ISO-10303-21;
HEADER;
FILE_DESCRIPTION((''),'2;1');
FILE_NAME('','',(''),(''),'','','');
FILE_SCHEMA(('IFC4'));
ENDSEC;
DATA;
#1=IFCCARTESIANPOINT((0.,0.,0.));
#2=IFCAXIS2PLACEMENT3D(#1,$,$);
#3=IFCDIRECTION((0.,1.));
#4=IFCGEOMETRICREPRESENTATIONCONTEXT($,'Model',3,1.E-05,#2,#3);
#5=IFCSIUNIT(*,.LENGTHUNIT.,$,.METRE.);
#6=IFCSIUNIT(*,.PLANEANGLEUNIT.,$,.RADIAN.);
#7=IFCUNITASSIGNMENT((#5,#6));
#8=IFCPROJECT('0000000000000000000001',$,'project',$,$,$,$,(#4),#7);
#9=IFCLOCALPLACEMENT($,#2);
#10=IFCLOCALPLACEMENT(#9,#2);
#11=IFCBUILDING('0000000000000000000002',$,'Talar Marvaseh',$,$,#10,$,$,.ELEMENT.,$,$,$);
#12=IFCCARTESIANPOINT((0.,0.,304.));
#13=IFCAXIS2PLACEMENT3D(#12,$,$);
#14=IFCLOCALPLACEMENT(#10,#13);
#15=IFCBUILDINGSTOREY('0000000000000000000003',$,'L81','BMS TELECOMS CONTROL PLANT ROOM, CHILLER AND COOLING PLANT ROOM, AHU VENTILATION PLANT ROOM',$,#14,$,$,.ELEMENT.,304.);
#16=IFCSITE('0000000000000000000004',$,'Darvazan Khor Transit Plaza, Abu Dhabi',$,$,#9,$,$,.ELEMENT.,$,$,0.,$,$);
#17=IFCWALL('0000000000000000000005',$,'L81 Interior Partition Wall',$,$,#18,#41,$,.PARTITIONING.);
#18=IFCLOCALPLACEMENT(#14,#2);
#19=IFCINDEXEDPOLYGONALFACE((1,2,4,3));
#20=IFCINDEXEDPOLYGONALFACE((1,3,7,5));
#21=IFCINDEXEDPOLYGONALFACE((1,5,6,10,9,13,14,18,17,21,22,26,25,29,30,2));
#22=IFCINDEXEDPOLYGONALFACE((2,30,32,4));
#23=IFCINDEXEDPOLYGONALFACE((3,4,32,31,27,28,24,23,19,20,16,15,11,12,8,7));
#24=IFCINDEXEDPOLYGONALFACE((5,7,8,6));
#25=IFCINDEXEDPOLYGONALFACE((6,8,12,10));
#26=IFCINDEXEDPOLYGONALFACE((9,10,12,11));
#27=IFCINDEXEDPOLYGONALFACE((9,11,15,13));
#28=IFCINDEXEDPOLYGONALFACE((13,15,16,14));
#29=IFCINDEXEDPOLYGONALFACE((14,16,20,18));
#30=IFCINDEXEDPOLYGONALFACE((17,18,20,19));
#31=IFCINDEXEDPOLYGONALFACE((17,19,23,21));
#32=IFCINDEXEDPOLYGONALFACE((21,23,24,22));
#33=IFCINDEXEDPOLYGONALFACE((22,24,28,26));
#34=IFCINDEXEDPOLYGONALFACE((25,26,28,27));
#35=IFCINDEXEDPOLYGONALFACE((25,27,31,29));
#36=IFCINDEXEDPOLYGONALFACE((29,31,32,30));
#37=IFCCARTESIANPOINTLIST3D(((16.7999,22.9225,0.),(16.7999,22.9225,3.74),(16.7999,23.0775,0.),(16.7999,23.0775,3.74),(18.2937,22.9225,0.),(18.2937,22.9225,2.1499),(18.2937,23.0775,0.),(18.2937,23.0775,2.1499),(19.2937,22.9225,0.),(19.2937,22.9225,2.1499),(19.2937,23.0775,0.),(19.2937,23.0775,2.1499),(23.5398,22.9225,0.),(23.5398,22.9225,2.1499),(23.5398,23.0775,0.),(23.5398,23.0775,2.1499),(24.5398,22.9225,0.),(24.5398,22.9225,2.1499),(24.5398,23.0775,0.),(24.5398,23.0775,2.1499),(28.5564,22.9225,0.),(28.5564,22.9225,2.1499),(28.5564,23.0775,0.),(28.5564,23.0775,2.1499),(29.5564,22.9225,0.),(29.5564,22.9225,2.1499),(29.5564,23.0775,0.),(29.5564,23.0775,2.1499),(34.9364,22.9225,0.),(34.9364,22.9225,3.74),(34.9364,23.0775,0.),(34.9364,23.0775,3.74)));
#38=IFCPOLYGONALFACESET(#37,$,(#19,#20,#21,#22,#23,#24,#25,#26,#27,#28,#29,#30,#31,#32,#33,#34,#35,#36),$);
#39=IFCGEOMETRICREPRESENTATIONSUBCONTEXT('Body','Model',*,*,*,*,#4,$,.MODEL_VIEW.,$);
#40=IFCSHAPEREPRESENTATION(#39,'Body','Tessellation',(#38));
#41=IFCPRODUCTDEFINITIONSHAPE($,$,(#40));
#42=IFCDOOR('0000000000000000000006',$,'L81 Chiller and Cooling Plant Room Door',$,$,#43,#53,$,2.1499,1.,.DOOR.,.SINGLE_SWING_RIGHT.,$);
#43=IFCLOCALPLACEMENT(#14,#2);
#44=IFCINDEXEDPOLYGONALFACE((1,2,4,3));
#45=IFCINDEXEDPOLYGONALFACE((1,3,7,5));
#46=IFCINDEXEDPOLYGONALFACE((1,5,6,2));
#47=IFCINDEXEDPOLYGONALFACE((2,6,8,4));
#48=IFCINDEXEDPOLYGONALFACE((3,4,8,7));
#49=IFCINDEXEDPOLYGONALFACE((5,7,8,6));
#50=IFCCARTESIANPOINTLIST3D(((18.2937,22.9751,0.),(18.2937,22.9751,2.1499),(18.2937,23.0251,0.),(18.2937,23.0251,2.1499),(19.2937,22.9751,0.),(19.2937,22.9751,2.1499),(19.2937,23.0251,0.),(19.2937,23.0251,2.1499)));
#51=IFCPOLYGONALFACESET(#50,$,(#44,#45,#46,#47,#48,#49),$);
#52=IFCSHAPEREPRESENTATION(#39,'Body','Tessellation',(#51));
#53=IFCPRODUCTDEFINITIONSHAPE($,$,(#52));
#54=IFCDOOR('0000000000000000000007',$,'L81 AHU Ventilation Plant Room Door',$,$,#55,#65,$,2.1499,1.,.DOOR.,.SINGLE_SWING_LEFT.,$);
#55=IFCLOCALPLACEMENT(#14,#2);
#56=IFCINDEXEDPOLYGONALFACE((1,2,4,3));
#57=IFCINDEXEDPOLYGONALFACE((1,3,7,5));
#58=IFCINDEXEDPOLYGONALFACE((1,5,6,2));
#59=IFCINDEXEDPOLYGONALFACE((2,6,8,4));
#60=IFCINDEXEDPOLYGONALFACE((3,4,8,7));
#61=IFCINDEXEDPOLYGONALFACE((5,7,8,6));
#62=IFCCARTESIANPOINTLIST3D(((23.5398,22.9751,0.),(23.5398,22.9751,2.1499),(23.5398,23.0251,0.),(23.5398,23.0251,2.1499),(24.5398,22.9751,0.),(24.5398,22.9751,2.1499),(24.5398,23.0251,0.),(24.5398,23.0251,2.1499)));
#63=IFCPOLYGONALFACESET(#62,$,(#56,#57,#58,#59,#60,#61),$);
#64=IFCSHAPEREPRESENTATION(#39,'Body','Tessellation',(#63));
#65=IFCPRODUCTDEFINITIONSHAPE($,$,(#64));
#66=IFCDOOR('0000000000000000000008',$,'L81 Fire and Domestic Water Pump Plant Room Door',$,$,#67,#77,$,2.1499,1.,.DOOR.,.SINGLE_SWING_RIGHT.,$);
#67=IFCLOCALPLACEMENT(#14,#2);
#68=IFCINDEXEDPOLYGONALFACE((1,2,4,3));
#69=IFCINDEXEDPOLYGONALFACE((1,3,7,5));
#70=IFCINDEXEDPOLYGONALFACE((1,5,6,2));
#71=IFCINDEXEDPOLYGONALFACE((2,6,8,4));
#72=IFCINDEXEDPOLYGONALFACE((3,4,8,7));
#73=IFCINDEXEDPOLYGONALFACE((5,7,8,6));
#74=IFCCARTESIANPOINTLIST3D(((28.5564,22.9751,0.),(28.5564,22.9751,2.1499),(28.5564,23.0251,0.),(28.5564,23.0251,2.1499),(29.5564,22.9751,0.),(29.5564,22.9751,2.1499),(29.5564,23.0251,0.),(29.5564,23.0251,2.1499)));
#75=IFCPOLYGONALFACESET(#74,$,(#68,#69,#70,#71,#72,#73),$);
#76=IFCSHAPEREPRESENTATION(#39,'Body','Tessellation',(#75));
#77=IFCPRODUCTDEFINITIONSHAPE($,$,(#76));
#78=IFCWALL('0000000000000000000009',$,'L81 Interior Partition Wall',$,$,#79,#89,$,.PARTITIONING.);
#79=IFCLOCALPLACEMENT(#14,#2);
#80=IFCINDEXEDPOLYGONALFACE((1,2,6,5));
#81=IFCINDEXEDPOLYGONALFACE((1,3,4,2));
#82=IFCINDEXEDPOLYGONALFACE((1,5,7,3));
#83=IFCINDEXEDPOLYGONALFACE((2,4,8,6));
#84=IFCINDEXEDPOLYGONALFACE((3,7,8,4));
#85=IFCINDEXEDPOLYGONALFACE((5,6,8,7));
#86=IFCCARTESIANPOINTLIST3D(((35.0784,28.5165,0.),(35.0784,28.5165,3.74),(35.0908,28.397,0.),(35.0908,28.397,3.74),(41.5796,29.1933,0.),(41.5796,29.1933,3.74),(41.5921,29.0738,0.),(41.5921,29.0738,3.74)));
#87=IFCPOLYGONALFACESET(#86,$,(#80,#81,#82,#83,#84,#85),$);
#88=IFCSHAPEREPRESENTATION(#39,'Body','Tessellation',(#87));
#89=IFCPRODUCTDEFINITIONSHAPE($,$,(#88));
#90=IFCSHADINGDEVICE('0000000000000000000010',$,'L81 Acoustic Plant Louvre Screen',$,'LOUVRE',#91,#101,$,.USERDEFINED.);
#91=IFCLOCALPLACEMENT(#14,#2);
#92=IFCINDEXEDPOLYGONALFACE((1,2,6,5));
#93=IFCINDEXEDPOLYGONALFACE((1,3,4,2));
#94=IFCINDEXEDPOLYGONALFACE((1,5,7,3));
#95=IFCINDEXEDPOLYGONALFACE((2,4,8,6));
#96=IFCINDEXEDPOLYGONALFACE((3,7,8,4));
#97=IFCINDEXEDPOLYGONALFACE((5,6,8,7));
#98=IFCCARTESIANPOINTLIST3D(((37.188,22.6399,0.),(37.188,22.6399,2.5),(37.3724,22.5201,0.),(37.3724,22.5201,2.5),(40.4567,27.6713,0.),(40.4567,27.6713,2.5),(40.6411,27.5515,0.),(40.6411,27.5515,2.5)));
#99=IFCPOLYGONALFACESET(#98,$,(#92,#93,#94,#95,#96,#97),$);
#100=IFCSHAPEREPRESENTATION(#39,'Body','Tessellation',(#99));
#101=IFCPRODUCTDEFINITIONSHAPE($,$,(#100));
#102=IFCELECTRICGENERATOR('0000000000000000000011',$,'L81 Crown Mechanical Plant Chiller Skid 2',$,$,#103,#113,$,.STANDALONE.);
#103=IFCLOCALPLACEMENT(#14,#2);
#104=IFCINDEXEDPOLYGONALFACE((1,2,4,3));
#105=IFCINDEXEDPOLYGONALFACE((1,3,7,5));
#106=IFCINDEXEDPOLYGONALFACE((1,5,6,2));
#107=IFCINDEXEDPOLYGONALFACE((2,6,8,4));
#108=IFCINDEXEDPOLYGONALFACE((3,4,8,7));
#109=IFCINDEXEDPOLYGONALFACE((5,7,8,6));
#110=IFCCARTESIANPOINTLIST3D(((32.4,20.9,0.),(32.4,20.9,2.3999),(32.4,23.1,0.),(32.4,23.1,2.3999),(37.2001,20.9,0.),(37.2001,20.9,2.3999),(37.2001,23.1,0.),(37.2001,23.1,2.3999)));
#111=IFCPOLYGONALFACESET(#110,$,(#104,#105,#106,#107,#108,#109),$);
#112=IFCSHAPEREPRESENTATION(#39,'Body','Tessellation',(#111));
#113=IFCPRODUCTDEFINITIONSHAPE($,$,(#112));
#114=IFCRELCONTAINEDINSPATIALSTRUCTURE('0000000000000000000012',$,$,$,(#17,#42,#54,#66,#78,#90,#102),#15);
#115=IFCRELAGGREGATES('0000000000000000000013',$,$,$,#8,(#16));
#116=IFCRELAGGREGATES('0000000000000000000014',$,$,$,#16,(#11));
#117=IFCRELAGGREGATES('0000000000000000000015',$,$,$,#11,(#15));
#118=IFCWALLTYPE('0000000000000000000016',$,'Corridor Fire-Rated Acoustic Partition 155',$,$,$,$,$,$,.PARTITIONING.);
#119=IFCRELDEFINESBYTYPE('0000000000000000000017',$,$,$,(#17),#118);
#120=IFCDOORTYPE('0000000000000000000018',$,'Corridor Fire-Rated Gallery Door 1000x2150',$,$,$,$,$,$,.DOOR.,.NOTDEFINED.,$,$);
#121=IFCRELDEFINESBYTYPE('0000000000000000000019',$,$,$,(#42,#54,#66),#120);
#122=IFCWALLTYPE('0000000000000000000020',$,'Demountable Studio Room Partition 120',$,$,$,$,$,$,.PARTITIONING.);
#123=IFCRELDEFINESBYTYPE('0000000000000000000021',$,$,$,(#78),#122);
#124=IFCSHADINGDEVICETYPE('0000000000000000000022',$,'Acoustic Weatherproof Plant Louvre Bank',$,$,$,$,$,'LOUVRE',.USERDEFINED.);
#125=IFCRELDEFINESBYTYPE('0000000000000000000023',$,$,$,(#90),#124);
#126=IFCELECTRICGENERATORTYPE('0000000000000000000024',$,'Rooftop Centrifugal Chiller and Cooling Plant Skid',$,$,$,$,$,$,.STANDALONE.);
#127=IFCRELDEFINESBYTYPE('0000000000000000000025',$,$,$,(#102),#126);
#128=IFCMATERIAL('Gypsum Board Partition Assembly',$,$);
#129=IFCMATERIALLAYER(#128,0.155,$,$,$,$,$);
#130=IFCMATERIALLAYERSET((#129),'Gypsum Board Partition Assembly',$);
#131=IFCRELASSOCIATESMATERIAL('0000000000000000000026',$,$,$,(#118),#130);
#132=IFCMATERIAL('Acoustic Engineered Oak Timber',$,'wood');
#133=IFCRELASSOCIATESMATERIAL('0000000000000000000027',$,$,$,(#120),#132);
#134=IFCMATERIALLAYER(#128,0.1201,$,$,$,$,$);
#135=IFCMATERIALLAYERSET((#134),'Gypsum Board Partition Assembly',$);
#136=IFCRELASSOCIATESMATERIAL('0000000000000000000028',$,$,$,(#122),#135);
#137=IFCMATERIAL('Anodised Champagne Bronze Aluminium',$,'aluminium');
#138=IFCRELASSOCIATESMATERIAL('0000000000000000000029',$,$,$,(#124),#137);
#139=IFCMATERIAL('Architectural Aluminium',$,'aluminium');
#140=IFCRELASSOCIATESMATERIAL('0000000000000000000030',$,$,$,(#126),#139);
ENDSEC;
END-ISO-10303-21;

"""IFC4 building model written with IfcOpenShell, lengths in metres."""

from ifc_helpers import new_model, si_unit, direction, frame, frame_2d, origin, origin_2d, place, context, subcontext, project, spatial, rectangle, extrude, source, transform, mapped, material, layer, layer_set, type_object, type_shapes, element, fill, save


model = new_model("IFC4")

# Units and contexts
model_context = context("Model", 3, precision=1e-05, world=origin(), true_north=direction((0.0, 1.0)))
body_context = subcontext(model_context, "Body", "Model", "MODEL_VIEW")
ifc_project = project(units=[si_unit("LENGTHUNIT", "METRE"), si_unit("PLANEANGLEUNIT", "RADIAN")], contexts=[model_context])

# Site, building, storey
site_placement = place(None, origin())
site = spatial("IfcSite", under=ifc_project, at=site_placement, Name="Darvazan Khor Transit Plaza, Abu Dhabi", CompositionType="ELEMENT", RefElevation=0.0)
building_placement = place(site_placement, origin())
building = spatial("IfcBuilding", under=site, at=building_placement, Name="Talar Marvaseh", CompositionType="ELEMENT")
storey_placement = place(building_placement, frame((0.0, 0.0, 304.0)))
storey = spatial("IfcBuildingStorey", under=building, at=storey_placement, Name="L81", Description="BMS TELECOMS CONTROL PLANT ROOM, CHILLER AND COOLING PLANT ROOM, AHU VENTILATION PLANT ROOM", CompositionType="ELEMENT", Elevation=304.0)

# Shared definitions
ifc_material_1 = material(Name="Architectural Aluminium", Category="aluminium")

# Wall, openings, doors
ifc_material_2 = material(Name="Gypsum Board Partition Assembly")
ifc_layer_1 = layer(ifc_material_2, 0.155)
ifc_layer_set_1 = layer_set([ifc_layer_1], Name="Gypsum Board Partition Assembly")
wall_type_1 = type_object("IfcWallType", Name="Corridor Fire-Rated Acoustic Partition 155", PredefinedType="PARTITIONING", material=ifc_layer_set_1)
wall_1_placement = place(storey_placement, frame((34.9365, 23.0, 0.0), z_axis=(0.0, 0.0, 1.0), x_axis=(-1.0, 0.0, 0.0)))
wall_1 = element("IfcWall", 1, at=wall_1_placement, inside=storey, type_object=wall_type_1, Name="L81 Interior Partition Wall", PredefinedType="PARTITIONING", context=body_context, shape_type="SweptSolid", body=[
    extrude(rectangle(XDim=18.1365, YDim=0.155, at=frame_2d((9.0684, 0.0))), origin(), (0.0, 0.0, 1.0), 3.74),
])
opening_1_placement = place(wall_1_placement, frame((15.6428, 0.0, 0.0)))
opening_1 = element("IfcOpeningElement", 2, at=opening_1_placement, cuts=wall_1, PredefinedType="OPENING", context=body_context, shape_type="SweptSolid", body=[
    extrude(rectangle(XDim=1.0, YDim=2.1499, at=frame_2d((0.5, 1.075))), frame((0.0, 0.0874, 0.0), z_axis=(0.0, -1.0, 0.0), x_axis=(1.0, 0.0, 0.0)), (0.0, 0.0, 1.0), 0.175),
])
opening_2_placement = place(wall_1_placement, frame((10.3967, 0.0, 0.0)))
opening_2 = element("IfcOpeningElement", 3, at=opening_2_placement, cuts=wall_1, PredefinedType="OPENING", context=body_context, shape_type="SweptSolid", body=[
    extrude(rectangle(XDim=1.0, YDim=2.1499, at=frame_2d((0.5, 1.075))), frame((0.0, 0.0874, 0.0), z_axis=(0.0, -1.0, 0.0), x_axis=(1.0, 0.0, 0.0)), (0.0, 0.0, 1.0), 0.175),
])
opening_3_placement = place(wall_1_placement, frame((5.3801, 0.0, 0.0)))
opening_3 = element("IfcOpeningElement", 4, at=opening_3_placement, cuts=wall_1, PredefinedType="OPENING", context=body_context, shape_type="SweptSolid", body=[
    extrude(rectangle(XDim=1.0, YDim=2.1499, at=frame_2d((0.5, 1.075))), frame((0.0, 0.0874, 0.0), z_axis=(0.0, -1.0, 0.0), x_axis=(1.0, 0.0, 0.0)), (0.0, 0.0, 1.0), 0.175),
])
ifc_material_3 = material(Name="Acoustic Engineered Oak Timber", Category="wood")
door_type = type_object("IfcDoorType", Name="Corridor Fire-Rated Gallery Door 1000x2150", OperationType="NOTDEFINED", PredefinedType="DOOR", material=ifc_material_3)
shared_shape_1 = source(origin(), body_context, "Body", "SweptSolid", [
    extrude(rectangle(XDim=1.0, YDim=2.1499, at=frame_2d((0.5, 1.075))), frame((0.0, 0.0249, 0.0), z_axis=(0.0, -1.0, 0.0), x_axis=(1.0, 0.0, 0.0)), (0.0, 0.0, 1.0), 0.05),
])
type_shapes(door_type, [shared_shape_1])
door_1_placement = place(opening_1_placement, origin())
door_1 = element("IfcDoor", 5, at=door_1_placement, inside=storey, type_object=door_type, Name="L81 Chiller and Cooling Plant Room Door", OperationType="SINGLE_SWING_RIGHT", OverallHeight=2.1499, OverallWidth=1.0, PredefinedType="DOOR", context=body_context, shape_type="MappedRepresentation", body=[
    mapped(shared_shape_1, transform((0.0, 0.0, 0.0), x_axis=(1.0, 0.0, 0.0), y_axis=(0.0, 1.0, 0.0), z_axis=(0.0, 0.0, 1.0), scale=1.0)),
])
fill(opening_1, door_1)
door_2_placement = place(opening_2_placement, origin())
door_2 = element("IfcDoor", 6, at=door_2_placement, inside=storey, type_object=door_type, Name="L81 AHU Ventilation Plant Room Door", OperationType="SINGLE_SWING_LEFT", OverallHeight=2.1499, OverallWidth=1.0, PredefinedType="DOOR", context=body_context, shape_type="MappedRepresentation", body=[
    mapped(shared_shape_1, transform((0.0, 0.0, 0.0), x_axis=(1.0, 0.0, 0.0), y_axis=(0.0, 1.0, 0.0), z_axis=(0.0, 0.0, 1.0), scale=1.0)),
])
fill(opening_2, door_2)
door_3_placement = place(opening_3_placement, origin())
door_3 = element("IfcDoor", 7, at=door_3_placement, inside=storey, type_object=door_type, Name="L81 Fire and Domestic Water Pump Plant Room Door", OperationType="SINGLE_SWING_RIGHT", OverallHeight=2.1499, OverallWidth=1.0, PredefinedType="DOOR", context=body_context, shape_type="MappedRepresentation", body=[
    mapped(shared_shape_1, transform((0.0, 0.0, 0.0), x_axis=(1.0, 0.0, 0.0), y_axis=(0.0, 1.0, 0.0), z_axis=(0.0, 0.0, 1.0), scale=1.0)),
])
fill(opening_3, door_3)

# Wall
ifc_layer_2 = layer(ifc_material_2, 0.1201)
ifc_layer_set_2 = layer_set([ifc_layer_2], Name="Gypsum Board Partition Assembly")
wall_type_2 = type_object("IfcWallType", Name="Demountable Studio Room Partition 120", PredefinedType="PARTITIONING", material=ifc_layer_set_2)
wall_2_placement = place(storey_placement, frame((35.0847, 28.4568, 0.0), z_axis=(0.0, 0.0, 1.0), x_axis=(0.994626, 0.103538, 0.0)))
element("IfcWall", 8, at=wall_2_placement, inside=storey, type_object=wall_type_2, Name="L81 Interior Partition Wall", PredefinedType="PARTITIONING", context=body_context, shape_type="SweptSolid", body=[
    extrude(rectangle(XDim=6.5364, YDim=0.1201, at=frame_2d((3.2681, 0.0))), origin(), (0.0, 0.0, 1.0), 3.74),
])

# Shading device
ifc_material_4 = material(Name="Anodised Champagne Bronze Aluminium", Category="aluminium")
shading_device_type = type_object("IfcShadingDeviceType", Name="Acoustic Weatherproof Plant Louvre Bank", ElementType="LOUVRE", PredefinedType="USERDEFINED", material=ifc_material_4)
shared_shape_2 = source(origin(), body_context, "Body", "SweptSolid", [
    extrude(rectangle(XDim=6.0, YDim=0.22, at=origin_2d()), origin(), (0.0, 0.0, 1.0), 2.5),
])
type_shapes(shading_device_type, [shared_shape_2])
shading_device_placement = place(storey_placement, frame((38.9146, 25.0957, 0.0), z_axis=(0.0, 0.0, 1.0), x_axis=(-0.544785, -0.838575, 0.0)))
element("IfcShadingDevice", 9, at=shading_device_placement, inside=storey, type_object=shading_device_type, Name="L81 Acoustic Plant Louvre Screen", ObjectType="LOUVRE", PredefinedType="USERDEFINED", context=body_context, shape_type="MappedRepresentation", body=[
    mapped(shared_shape_2, transform((0.0, 0.0, 0.0), x_axis=(1.0, 0.0, 0.0), y_axis=(0.0, 1.0, 0.0), z_axis=(0.0, 0.0, 1.0), scale=1.0)),
])

# Electric generator
electric_generator_type = type_object("IfcElectricGeneratorType", Name="Rooftop Centrifugal Chiller and Cooling Plant Skid", PredefinedType="STANDALONE", material=ifc_material_1)
shared_shape_3 = source(origin(), body_context, "Body", "SweptSolid", [
    extrude(rectangle(XDim=4.8, YDim=2.2, at=origin_2d()), origin(), (0.0, 0.0, 1.0), 2.3999),
])
type_shapes(electric_generator_type, [shared_shape_3])
electric_generator_placement = place(storey_placement, frame((34.8, 22.0, 0.0), z_axis=(0.0, 0.0, 1.0), x_axis=(1.0, 0.0, 0.0)))
element("IfcElectricGenerator", 10, at=electric_generator_placement, inside=storey, type_object=electric_generator_type, Name="L81 Crown Mechanical Plant Chiller Skid 2", PredefinedType="STANDALONE", context=body_context, shape_type="MappedRepresentation", body=[
    mapped(shared_shape_3, transform((0.0, 0.0, 0.0), x_axis=(1.0, 0.0, 0.0), y_axis=(0.0, 1.0, 0.0), z_axis=(0.0, 0.0, 1.0), scale=1.0)),
])

save(model, "model.ifc")
